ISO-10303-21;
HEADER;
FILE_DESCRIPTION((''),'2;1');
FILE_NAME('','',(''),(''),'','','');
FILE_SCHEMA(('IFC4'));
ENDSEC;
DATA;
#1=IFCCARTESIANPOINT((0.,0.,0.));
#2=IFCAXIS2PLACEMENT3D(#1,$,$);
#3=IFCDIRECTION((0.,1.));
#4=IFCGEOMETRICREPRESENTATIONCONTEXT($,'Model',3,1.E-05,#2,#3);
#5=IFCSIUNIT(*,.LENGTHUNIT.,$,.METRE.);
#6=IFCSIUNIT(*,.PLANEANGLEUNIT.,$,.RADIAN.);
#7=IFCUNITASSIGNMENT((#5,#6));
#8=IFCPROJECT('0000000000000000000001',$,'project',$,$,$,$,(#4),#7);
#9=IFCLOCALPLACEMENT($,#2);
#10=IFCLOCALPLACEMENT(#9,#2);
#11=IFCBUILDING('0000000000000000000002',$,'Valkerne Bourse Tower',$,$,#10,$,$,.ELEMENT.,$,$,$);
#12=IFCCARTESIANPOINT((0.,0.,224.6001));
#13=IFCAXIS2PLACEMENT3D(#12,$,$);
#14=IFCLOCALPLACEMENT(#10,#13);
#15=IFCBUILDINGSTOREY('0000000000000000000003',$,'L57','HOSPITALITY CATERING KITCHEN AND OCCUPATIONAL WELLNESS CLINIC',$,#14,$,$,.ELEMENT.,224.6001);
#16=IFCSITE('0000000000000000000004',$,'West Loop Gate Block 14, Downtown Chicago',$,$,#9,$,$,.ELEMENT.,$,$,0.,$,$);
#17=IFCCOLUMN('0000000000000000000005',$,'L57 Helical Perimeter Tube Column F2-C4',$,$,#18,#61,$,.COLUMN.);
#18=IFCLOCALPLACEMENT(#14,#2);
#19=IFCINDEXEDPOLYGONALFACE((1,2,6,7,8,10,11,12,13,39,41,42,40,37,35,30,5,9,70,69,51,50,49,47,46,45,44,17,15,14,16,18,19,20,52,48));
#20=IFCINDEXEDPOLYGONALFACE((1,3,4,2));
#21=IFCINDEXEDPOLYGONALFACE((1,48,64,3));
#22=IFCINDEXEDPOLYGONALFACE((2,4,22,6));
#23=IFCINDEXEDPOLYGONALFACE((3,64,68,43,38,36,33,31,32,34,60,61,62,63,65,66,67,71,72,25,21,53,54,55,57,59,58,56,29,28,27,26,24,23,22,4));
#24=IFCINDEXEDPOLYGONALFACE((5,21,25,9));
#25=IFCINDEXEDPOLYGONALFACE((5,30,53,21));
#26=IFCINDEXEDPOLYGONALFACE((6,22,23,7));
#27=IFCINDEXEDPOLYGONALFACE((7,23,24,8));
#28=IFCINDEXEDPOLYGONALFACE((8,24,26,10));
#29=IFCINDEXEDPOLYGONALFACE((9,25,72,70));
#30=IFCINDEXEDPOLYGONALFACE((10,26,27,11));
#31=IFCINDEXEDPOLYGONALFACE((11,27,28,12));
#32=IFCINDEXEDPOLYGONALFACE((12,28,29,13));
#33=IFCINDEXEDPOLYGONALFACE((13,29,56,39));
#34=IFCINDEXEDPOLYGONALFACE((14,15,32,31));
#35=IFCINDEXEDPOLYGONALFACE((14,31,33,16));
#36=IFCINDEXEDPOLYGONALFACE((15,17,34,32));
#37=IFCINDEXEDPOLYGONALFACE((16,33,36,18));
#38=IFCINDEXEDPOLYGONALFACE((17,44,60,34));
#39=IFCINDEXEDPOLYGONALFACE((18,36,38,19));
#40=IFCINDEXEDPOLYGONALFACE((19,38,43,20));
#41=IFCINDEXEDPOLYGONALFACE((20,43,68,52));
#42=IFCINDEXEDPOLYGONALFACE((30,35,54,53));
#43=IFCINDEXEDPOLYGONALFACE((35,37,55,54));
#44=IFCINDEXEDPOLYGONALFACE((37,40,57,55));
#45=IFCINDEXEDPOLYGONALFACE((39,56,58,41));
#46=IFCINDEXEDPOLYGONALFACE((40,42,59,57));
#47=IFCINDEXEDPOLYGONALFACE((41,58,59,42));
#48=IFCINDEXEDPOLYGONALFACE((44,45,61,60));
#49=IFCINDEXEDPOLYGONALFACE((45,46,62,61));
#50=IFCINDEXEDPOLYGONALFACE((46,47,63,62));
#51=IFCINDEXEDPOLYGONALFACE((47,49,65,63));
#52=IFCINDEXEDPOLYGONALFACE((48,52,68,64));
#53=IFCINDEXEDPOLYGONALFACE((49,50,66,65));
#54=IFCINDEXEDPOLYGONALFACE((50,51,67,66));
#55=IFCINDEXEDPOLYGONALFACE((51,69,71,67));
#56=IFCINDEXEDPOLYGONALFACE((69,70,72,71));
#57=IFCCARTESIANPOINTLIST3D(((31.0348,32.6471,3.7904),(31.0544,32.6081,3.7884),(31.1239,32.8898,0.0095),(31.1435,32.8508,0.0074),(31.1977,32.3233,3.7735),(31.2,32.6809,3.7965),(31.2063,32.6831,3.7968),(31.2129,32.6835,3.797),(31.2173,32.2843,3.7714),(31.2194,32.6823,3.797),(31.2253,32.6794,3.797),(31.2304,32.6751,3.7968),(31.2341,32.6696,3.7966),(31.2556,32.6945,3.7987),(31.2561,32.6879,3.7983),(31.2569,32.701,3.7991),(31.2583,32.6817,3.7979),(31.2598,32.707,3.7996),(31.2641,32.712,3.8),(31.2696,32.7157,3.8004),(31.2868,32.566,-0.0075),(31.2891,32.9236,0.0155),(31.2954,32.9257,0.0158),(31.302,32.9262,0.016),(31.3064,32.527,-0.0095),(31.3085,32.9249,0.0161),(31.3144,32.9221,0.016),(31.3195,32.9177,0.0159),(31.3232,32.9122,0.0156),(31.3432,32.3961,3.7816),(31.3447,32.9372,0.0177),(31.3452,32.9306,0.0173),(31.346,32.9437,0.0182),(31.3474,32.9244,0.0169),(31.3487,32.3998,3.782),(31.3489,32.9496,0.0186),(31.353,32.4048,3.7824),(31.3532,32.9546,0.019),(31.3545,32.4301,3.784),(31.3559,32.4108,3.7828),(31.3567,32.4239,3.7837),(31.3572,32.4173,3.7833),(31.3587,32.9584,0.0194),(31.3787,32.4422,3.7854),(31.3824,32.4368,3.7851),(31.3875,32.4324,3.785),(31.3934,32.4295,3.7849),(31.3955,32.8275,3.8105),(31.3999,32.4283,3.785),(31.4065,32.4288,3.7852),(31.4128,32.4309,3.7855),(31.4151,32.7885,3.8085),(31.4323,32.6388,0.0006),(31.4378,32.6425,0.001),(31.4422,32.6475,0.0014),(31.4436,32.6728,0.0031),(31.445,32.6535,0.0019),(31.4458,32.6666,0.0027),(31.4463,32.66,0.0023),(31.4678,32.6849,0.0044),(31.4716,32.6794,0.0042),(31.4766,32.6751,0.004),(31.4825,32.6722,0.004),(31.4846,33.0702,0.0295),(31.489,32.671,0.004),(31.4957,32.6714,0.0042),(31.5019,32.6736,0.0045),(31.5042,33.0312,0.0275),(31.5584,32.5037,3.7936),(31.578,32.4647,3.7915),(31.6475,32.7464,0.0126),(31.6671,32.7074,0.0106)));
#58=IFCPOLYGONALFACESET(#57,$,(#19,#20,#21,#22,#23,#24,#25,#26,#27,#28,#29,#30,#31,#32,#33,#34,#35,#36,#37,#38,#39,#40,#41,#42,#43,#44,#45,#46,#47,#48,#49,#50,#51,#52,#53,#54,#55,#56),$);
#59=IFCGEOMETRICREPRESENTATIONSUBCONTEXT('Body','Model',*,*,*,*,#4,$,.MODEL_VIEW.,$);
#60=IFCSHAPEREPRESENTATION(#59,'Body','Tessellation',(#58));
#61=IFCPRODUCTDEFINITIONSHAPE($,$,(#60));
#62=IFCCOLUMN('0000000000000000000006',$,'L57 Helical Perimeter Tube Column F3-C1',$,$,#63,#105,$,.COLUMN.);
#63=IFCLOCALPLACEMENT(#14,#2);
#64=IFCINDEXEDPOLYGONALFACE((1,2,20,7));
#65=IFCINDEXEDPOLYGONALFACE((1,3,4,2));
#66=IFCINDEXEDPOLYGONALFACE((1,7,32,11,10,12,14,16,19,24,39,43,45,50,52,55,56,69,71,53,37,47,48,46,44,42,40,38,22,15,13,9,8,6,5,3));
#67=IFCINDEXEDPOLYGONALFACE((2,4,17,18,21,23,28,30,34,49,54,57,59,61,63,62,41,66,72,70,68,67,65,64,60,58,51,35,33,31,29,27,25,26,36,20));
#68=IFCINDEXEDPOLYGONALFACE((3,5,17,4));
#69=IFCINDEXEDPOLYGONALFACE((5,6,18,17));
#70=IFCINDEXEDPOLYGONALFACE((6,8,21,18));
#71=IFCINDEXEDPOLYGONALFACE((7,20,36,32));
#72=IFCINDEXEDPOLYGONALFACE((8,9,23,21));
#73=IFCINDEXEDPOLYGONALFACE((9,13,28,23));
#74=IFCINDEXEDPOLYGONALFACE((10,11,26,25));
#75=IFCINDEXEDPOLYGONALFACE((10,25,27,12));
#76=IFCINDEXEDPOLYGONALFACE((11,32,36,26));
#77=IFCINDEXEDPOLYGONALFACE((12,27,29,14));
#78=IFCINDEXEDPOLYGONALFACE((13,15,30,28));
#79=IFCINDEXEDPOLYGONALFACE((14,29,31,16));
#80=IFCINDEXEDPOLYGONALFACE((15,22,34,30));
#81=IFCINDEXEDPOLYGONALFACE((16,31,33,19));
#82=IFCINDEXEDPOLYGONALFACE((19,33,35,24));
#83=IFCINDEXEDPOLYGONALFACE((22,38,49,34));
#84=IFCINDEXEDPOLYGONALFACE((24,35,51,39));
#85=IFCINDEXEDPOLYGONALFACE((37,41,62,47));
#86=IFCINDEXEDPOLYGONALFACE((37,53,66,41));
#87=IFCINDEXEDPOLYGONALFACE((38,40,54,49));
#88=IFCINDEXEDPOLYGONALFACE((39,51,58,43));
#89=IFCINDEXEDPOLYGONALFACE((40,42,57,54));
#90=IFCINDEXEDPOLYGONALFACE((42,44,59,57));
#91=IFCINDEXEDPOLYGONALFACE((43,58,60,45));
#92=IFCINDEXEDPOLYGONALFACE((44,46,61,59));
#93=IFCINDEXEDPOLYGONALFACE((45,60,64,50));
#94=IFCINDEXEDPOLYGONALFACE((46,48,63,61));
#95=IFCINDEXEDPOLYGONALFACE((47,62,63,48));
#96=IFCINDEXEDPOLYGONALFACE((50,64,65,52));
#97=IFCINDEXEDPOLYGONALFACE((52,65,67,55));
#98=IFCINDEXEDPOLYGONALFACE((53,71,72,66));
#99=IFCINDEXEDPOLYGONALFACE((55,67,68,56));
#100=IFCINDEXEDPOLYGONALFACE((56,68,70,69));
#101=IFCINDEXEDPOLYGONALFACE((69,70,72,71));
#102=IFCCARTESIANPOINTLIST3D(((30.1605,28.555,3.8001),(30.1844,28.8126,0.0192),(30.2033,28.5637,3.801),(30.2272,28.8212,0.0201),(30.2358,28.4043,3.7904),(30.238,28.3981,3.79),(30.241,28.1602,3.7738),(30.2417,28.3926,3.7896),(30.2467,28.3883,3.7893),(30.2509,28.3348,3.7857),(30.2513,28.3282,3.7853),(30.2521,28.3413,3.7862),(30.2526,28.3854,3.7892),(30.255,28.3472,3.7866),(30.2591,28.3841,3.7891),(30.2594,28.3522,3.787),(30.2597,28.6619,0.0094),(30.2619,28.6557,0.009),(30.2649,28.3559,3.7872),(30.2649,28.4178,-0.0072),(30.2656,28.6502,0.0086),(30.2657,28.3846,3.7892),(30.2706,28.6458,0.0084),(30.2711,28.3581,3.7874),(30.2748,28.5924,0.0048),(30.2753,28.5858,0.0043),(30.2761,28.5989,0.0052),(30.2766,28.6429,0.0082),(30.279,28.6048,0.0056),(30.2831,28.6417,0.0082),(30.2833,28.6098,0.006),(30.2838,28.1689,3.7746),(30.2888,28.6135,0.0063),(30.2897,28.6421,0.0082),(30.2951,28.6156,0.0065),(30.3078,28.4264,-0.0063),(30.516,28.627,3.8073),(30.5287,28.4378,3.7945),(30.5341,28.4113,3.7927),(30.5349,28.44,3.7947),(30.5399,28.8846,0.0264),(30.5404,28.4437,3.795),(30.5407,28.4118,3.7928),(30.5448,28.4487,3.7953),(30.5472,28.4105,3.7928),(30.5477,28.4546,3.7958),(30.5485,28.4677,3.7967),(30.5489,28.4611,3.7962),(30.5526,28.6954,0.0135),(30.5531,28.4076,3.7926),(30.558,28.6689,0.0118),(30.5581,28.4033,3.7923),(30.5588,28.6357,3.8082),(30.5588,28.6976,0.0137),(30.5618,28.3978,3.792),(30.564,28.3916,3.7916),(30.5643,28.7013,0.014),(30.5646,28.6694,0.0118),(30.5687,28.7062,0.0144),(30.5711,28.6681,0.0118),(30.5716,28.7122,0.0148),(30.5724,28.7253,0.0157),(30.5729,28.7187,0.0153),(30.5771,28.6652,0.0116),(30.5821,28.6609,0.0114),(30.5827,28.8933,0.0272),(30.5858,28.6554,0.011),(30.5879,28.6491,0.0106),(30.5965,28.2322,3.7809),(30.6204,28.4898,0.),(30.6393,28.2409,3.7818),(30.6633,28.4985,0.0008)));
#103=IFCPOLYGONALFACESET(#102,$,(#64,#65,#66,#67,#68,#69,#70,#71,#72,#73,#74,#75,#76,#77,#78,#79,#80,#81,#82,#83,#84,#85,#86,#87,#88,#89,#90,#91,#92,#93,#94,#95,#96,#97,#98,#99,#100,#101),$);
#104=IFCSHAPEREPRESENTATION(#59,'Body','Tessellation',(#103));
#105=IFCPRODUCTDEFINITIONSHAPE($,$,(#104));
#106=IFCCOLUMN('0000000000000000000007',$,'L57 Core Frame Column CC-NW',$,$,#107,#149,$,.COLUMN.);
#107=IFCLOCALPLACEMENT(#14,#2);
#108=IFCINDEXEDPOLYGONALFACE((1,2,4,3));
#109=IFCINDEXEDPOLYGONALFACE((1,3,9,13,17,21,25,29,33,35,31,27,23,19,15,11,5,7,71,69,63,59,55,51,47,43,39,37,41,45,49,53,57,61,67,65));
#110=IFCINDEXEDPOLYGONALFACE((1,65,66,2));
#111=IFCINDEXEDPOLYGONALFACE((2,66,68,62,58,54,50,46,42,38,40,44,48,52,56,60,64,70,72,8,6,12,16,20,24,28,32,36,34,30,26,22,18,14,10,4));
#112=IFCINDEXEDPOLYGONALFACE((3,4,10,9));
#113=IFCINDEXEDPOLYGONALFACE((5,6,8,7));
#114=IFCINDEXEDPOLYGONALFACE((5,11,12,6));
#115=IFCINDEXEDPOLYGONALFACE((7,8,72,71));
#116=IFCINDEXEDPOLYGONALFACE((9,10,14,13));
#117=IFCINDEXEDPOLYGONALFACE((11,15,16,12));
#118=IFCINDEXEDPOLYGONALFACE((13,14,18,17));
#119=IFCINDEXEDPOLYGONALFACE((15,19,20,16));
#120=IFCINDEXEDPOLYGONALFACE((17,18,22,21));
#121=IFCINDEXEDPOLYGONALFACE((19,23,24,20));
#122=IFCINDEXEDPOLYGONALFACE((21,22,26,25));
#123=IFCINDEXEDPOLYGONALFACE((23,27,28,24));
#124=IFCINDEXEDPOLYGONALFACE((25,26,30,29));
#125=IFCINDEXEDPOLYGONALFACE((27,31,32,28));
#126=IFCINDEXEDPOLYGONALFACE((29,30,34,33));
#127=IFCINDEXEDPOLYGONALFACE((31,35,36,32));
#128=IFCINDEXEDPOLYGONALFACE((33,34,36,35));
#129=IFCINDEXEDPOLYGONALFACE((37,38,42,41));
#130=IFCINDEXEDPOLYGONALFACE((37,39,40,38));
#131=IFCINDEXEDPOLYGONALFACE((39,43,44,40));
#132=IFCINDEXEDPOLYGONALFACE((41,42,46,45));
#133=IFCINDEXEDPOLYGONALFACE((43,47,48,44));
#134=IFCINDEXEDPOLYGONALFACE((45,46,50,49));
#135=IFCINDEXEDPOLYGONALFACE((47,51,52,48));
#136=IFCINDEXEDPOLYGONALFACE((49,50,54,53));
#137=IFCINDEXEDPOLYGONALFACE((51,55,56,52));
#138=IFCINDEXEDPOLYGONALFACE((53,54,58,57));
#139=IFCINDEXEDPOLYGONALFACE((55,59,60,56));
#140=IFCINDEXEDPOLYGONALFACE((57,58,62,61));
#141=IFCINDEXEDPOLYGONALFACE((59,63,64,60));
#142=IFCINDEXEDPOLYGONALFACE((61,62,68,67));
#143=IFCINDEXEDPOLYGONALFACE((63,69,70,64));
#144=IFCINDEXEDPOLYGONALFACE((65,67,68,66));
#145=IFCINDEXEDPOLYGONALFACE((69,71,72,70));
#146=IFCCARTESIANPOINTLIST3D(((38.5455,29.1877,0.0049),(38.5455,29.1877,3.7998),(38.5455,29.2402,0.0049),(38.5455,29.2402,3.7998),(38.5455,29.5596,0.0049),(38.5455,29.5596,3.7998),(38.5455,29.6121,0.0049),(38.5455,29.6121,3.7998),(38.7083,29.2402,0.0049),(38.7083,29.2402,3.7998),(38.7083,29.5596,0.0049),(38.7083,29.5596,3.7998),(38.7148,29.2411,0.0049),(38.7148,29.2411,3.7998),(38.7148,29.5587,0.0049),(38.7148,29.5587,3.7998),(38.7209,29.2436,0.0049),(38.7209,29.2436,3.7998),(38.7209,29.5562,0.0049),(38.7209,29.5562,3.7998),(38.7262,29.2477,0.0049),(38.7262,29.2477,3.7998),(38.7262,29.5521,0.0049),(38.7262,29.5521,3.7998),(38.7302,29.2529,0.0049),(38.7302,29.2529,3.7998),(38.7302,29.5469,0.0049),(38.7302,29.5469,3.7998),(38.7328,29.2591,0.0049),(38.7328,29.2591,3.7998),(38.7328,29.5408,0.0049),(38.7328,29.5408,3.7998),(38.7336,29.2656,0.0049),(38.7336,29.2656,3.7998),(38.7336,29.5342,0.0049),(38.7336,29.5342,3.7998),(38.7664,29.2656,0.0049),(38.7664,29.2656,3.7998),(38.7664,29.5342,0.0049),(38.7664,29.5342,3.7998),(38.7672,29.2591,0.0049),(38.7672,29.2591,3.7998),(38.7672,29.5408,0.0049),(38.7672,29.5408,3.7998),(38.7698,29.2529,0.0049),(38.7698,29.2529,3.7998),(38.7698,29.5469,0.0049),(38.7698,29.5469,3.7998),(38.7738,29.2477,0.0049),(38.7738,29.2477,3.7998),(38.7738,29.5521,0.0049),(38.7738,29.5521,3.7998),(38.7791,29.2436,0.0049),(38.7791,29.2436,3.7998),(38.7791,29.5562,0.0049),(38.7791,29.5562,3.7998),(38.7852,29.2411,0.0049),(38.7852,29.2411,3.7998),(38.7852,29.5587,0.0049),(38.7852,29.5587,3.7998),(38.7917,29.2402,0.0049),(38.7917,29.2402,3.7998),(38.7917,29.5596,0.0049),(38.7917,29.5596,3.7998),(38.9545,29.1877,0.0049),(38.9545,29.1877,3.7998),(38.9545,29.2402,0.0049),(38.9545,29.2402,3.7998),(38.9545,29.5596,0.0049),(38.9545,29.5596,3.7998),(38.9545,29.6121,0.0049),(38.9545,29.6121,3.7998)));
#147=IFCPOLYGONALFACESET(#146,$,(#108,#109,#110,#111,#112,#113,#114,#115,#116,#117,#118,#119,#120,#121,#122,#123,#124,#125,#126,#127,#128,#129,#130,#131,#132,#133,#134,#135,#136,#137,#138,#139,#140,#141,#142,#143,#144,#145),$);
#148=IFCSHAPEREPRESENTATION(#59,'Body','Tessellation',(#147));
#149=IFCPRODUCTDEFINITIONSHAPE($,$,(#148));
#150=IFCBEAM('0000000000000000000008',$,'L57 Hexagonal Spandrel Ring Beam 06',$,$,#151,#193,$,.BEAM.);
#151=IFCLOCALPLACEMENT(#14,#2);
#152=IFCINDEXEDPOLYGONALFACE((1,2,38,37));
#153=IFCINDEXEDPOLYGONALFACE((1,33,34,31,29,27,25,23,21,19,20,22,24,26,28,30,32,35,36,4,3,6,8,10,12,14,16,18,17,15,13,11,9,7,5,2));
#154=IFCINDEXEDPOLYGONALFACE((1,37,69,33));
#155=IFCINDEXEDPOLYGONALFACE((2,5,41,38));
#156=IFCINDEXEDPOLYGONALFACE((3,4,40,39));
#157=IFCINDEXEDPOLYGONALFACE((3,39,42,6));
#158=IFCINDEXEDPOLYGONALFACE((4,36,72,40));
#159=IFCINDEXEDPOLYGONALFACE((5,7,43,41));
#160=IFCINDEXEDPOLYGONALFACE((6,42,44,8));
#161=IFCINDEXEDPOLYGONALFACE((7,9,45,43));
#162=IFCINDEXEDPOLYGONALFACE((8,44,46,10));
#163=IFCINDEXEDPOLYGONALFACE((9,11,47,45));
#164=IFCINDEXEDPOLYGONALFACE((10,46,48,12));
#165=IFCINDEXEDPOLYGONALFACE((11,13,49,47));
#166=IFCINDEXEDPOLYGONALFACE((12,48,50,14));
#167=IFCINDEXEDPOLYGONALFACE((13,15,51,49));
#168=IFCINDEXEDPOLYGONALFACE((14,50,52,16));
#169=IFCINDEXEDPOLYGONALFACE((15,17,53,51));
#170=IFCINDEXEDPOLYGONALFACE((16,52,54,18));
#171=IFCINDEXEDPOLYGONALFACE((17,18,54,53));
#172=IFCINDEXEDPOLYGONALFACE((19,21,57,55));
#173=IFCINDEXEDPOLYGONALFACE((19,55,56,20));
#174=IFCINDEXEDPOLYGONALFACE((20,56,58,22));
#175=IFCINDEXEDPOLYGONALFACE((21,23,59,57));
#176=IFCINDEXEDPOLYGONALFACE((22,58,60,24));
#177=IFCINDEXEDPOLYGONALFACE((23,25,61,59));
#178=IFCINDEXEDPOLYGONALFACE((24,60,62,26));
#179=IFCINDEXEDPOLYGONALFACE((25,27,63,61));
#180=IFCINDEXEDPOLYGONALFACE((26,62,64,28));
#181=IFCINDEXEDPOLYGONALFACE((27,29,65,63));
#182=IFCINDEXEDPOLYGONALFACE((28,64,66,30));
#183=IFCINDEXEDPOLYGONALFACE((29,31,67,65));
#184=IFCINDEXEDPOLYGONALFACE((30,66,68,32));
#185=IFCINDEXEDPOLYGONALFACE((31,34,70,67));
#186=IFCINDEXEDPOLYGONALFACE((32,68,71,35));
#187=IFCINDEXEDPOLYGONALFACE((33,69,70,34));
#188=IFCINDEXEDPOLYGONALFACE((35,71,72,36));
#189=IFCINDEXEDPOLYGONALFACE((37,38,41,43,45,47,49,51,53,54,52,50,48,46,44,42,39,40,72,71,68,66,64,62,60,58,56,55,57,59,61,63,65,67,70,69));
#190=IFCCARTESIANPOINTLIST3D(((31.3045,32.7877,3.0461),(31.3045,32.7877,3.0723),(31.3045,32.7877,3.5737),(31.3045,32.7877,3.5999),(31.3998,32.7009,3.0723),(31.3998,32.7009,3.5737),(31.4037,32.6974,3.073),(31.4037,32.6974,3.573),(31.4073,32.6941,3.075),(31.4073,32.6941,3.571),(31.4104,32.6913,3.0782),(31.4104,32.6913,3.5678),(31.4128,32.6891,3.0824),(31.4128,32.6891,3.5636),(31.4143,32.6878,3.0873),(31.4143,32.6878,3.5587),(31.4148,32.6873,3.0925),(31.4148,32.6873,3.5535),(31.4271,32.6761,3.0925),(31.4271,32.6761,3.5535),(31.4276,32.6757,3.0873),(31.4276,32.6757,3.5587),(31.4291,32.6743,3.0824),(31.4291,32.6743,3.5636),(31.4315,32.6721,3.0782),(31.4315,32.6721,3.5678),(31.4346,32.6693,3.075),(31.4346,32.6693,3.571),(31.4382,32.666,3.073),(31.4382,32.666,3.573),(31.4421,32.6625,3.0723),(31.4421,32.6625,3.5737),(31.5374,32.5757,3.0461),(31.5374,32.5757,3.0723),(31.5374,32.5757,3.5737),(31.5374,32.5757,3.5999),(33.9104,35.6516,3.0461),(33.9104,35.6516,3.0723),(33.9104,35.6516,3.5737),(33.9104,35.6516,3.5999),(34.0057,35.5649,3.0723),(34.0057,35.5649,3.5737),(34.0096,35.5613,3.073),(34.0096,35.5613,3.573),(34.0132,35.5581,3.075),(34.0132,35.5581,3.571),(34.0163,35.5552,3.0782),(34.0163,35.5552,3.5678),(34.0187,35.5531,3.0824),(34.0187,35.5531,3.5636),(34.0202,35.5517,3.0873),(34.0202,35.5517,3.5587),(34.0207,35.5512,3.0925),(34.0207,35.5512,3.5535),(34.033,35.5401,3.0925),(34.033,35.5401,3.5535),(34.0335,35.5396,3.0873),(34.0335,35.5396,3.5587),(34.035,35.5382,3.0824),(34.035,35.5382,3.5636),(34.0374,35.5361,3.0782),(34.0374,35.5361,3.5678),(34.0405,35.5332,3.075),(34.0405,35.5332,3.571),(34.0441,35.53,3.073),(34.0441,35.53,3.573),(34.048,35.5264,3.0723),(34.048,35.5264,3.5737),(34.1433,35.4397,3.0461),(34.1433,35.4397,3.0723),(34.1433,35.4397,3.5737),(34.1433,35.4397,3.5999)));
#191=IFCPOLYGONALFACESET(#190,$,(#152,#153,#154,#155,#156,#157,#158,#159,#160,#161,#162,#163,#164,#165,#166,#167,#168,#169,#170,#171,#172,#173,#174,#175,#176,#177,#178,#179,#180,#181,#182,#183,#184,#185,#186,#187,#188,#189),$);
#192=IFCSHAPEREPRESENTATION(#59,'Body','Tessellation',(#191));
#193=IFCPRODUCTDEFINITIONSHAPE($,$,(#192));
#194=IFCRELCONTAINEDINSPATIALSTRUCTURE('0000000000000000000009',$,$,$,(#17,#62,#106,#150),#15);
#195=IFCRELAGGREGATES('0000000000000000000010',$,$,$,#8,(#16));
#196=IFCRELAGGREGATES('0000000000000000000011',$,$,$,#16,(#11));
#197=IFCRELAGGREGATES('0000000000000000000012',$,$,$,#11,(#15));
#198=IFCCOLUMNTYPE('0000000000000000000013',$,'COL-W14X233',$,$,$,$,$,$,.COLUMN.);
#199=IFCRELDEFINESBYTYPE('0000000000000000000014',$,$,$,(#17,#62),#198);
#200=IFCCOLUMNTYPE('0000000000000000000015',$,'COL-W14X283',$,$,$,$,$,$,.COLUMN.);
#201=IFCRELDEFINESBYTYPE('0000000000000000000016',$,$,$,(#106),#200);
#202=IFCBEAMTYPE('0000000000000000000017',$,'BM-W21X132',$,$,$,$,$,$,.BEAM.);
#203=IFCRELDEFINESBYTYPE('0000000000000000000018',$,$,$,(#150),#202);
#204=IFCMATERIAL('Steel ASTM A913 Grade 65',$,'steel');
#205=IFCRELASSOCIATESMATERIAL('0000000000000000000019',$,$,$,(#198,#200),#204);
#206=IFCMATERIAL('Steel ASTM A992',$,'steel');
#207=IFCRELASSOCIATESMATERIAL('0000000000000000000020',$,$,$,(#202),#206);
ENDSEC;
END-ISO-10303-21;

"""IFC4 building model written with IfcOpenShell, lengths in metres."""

from ifc_helpers import new_model, si_unit, direction, frame, origin, origin_2d, place, context, subcontext, project, spatial, i_section, extrude, material, material_profile, profile_set, type_object, element, save


model = new_model("IFC4")

# Units and contexts
model_context = context("Model", 3, precision=1e-05, world=origin(), true_north=direction((0.0, 1.0)))
body_context = subcontext(model_context, "Body", "Model", "MODEL_VIEW")
ifc_project = project(units=[si_unit("LENGTHUNIT", "METRE"), si_unit("PLANEANGLEUNIT", "RADIAN")], contexts=[model_context])

# Site, building, storey
site_placement = place(None, origin())
site = spatial("IfcSite", under=ifc_project, at=site_placement, Name="West Loop Gate Block 14, Downtown Chicago", CompositionType="ELEMENT", RefElevation=0.0)
building_placement = place(site_placement, origin())
building = spatial("IfcBuilding", under=site, at=building_placement, Name="Valkerne Bourse Tower", CompositionType="ELEMENT")
storey_placement = place(building_placement, frame((0.0, 0.0, 224.6001)))
storey = spatial("IfcBuildingStorey", under=building, at=storey_placement, Name="L57", Description="HOSPITALITY CATERING KITCHEN AND OCCUPATIONAL WELLNESS CLINIC", CompositionType="ELEMENT", Elevation=224.6001)

# Columns
ifc_material_1 = material(Name="Steel ASTM A913 Grade 65", Category="steel")
ifc_material_profile_1 = material_profile(ifc_material_1, i_section(OverallWidth=0.4038, OverallDepth=0.4065, WebThickness=0.0271, FlangeThickness=0.0437, FilletRadius=0.0254, at=origin_2d()), Name="W14X233")
ifc_profile_set_1 = profile_set([ifc_material_profile_1], Name="Steel ASTM A913 Grade 65")
column_type_1 = type_object("IfcColumnType", Name="COL-W14X233", PredefinedType="COLUMN", material=ifc_profile_set_1)
for number, where, z_axis, x_axis, name in (
    (1, (31.3955, 32.7986, 0.01), (-0.023513, -0.064033, 0.997671), (-0.893283, -0.446736, -0.049726), "L57 Helical Perimeter Tube Column F2-C4"),
    (2, (30.4238, 28.6555, 0.01), (-0.006313, -0.067963, 0.997668), (0.199454, -0.977726, -0.065342), "L57 Helical Perimeter Tube Column F3-C1"),
):
    element("IfcColumn", number, at=place(storey_placement, frame(where, z_axis=z_axis, x_axis=x_axis)), inside=storey, type_object=column_type_1, Name=name, PredefinedType="COLUMN", context=body_context, shape_type="SweptSolid", body=[
        extrude(i_section(OverallWidth=0.4038, OverallDepth=0.4065, WebThickness=0.0271, FlangeThickness=0.0437, FilletRadius=0.0254, at=origin_2d()), origin(), (0.0, 0.0, 1.0), 3.7898),
    ])
ifc_material_profile_2 = material_profile(ifc_material_1, i_section(OverallWidth=0.4089, OverallDepth=0.4243, WebThickness=0.0327, FlangeThickness=0.0525, FilletRadius=0.0254, at=origin_2d()), Name="W14X283")
ifc_profile_set_2 = profile_set([ifc_material_profile_2], Name="Steel ASTM A913 Grade 65")
column_type_2 = type_object("IfcColumnType", Name="COL-W14X283", PredefinedType="COLUMN", material=ifc_profile_set_2)
column_placement = place(storey_placement, frame((38.75, 29.3999, 0.0049), z_axis=(0.0, 0.0, 1.0), x_axis=(1.0, 0.0, 0.0)))
element("IfcColumn", 3, at=column_placement, inside=storey, type_object=column_type_2, Name="L57 Core Frame Column CC-NW", PredefinedType="COLUMN", context=body_context, shape_type="SweptSolid", body=[
    extrude(i_section(OverallWidth=0.4089, OverallDepth=0.4243, WebThickness=0.0327, FlangeThickness=0.0525, FilletRadius=0.0254, at=origin_2d()), origin(), (0.0, 0.0, 1.0), 3.7949),
])

# Beam
ifc_material_2 = material(Name="Steel ASTM A992", Category="steel")
ifc_material_profile_3 = material_profile(ifc_material_2, i_section(OverallWidth=0.3149, OverallDepth=0.5537, WebThickness=0.0166, FlangeThickness=0.0261, FilletRadius=0.0203, at=origin_2d()), Name="W21X132")
ifc_profile_set_3 = profile_set([ifc_material_profile_3], Name="Steel ASTM A992")
beam_type_1 = type_object("IfcBeamType", Name="BM-W21X132", PredefinedType="BEAM", material=ifc_profile_set_3)
beam_1_placement = place(storey_placement, frame((34.0269, 35.5457, 3.323), z_axis=(-0.672999, -0.739643, 0.0), x_axis=(0.739643, -0.672999, 0.0)))
element("IfcBeam", 4, at=beam_1_placement, inside=storey, type_object=beam_type_1, Name="L57 Hexagonal Spandrel Ring Beam 06", PredefinedType="BEAM", context=body_context, shape_type="SweptSolid", body=[
    extrude(i_section(OverallWidth=0.3149, OverallDepth=0.5537, WebThickness=0.0166, FlangeThickness=0.0261, FilletRadius=0.0203, at=origin_2d()), origin(), (0.0, 0.0, 1.0), 3.8721),
])

save(model, "model.ifc")
